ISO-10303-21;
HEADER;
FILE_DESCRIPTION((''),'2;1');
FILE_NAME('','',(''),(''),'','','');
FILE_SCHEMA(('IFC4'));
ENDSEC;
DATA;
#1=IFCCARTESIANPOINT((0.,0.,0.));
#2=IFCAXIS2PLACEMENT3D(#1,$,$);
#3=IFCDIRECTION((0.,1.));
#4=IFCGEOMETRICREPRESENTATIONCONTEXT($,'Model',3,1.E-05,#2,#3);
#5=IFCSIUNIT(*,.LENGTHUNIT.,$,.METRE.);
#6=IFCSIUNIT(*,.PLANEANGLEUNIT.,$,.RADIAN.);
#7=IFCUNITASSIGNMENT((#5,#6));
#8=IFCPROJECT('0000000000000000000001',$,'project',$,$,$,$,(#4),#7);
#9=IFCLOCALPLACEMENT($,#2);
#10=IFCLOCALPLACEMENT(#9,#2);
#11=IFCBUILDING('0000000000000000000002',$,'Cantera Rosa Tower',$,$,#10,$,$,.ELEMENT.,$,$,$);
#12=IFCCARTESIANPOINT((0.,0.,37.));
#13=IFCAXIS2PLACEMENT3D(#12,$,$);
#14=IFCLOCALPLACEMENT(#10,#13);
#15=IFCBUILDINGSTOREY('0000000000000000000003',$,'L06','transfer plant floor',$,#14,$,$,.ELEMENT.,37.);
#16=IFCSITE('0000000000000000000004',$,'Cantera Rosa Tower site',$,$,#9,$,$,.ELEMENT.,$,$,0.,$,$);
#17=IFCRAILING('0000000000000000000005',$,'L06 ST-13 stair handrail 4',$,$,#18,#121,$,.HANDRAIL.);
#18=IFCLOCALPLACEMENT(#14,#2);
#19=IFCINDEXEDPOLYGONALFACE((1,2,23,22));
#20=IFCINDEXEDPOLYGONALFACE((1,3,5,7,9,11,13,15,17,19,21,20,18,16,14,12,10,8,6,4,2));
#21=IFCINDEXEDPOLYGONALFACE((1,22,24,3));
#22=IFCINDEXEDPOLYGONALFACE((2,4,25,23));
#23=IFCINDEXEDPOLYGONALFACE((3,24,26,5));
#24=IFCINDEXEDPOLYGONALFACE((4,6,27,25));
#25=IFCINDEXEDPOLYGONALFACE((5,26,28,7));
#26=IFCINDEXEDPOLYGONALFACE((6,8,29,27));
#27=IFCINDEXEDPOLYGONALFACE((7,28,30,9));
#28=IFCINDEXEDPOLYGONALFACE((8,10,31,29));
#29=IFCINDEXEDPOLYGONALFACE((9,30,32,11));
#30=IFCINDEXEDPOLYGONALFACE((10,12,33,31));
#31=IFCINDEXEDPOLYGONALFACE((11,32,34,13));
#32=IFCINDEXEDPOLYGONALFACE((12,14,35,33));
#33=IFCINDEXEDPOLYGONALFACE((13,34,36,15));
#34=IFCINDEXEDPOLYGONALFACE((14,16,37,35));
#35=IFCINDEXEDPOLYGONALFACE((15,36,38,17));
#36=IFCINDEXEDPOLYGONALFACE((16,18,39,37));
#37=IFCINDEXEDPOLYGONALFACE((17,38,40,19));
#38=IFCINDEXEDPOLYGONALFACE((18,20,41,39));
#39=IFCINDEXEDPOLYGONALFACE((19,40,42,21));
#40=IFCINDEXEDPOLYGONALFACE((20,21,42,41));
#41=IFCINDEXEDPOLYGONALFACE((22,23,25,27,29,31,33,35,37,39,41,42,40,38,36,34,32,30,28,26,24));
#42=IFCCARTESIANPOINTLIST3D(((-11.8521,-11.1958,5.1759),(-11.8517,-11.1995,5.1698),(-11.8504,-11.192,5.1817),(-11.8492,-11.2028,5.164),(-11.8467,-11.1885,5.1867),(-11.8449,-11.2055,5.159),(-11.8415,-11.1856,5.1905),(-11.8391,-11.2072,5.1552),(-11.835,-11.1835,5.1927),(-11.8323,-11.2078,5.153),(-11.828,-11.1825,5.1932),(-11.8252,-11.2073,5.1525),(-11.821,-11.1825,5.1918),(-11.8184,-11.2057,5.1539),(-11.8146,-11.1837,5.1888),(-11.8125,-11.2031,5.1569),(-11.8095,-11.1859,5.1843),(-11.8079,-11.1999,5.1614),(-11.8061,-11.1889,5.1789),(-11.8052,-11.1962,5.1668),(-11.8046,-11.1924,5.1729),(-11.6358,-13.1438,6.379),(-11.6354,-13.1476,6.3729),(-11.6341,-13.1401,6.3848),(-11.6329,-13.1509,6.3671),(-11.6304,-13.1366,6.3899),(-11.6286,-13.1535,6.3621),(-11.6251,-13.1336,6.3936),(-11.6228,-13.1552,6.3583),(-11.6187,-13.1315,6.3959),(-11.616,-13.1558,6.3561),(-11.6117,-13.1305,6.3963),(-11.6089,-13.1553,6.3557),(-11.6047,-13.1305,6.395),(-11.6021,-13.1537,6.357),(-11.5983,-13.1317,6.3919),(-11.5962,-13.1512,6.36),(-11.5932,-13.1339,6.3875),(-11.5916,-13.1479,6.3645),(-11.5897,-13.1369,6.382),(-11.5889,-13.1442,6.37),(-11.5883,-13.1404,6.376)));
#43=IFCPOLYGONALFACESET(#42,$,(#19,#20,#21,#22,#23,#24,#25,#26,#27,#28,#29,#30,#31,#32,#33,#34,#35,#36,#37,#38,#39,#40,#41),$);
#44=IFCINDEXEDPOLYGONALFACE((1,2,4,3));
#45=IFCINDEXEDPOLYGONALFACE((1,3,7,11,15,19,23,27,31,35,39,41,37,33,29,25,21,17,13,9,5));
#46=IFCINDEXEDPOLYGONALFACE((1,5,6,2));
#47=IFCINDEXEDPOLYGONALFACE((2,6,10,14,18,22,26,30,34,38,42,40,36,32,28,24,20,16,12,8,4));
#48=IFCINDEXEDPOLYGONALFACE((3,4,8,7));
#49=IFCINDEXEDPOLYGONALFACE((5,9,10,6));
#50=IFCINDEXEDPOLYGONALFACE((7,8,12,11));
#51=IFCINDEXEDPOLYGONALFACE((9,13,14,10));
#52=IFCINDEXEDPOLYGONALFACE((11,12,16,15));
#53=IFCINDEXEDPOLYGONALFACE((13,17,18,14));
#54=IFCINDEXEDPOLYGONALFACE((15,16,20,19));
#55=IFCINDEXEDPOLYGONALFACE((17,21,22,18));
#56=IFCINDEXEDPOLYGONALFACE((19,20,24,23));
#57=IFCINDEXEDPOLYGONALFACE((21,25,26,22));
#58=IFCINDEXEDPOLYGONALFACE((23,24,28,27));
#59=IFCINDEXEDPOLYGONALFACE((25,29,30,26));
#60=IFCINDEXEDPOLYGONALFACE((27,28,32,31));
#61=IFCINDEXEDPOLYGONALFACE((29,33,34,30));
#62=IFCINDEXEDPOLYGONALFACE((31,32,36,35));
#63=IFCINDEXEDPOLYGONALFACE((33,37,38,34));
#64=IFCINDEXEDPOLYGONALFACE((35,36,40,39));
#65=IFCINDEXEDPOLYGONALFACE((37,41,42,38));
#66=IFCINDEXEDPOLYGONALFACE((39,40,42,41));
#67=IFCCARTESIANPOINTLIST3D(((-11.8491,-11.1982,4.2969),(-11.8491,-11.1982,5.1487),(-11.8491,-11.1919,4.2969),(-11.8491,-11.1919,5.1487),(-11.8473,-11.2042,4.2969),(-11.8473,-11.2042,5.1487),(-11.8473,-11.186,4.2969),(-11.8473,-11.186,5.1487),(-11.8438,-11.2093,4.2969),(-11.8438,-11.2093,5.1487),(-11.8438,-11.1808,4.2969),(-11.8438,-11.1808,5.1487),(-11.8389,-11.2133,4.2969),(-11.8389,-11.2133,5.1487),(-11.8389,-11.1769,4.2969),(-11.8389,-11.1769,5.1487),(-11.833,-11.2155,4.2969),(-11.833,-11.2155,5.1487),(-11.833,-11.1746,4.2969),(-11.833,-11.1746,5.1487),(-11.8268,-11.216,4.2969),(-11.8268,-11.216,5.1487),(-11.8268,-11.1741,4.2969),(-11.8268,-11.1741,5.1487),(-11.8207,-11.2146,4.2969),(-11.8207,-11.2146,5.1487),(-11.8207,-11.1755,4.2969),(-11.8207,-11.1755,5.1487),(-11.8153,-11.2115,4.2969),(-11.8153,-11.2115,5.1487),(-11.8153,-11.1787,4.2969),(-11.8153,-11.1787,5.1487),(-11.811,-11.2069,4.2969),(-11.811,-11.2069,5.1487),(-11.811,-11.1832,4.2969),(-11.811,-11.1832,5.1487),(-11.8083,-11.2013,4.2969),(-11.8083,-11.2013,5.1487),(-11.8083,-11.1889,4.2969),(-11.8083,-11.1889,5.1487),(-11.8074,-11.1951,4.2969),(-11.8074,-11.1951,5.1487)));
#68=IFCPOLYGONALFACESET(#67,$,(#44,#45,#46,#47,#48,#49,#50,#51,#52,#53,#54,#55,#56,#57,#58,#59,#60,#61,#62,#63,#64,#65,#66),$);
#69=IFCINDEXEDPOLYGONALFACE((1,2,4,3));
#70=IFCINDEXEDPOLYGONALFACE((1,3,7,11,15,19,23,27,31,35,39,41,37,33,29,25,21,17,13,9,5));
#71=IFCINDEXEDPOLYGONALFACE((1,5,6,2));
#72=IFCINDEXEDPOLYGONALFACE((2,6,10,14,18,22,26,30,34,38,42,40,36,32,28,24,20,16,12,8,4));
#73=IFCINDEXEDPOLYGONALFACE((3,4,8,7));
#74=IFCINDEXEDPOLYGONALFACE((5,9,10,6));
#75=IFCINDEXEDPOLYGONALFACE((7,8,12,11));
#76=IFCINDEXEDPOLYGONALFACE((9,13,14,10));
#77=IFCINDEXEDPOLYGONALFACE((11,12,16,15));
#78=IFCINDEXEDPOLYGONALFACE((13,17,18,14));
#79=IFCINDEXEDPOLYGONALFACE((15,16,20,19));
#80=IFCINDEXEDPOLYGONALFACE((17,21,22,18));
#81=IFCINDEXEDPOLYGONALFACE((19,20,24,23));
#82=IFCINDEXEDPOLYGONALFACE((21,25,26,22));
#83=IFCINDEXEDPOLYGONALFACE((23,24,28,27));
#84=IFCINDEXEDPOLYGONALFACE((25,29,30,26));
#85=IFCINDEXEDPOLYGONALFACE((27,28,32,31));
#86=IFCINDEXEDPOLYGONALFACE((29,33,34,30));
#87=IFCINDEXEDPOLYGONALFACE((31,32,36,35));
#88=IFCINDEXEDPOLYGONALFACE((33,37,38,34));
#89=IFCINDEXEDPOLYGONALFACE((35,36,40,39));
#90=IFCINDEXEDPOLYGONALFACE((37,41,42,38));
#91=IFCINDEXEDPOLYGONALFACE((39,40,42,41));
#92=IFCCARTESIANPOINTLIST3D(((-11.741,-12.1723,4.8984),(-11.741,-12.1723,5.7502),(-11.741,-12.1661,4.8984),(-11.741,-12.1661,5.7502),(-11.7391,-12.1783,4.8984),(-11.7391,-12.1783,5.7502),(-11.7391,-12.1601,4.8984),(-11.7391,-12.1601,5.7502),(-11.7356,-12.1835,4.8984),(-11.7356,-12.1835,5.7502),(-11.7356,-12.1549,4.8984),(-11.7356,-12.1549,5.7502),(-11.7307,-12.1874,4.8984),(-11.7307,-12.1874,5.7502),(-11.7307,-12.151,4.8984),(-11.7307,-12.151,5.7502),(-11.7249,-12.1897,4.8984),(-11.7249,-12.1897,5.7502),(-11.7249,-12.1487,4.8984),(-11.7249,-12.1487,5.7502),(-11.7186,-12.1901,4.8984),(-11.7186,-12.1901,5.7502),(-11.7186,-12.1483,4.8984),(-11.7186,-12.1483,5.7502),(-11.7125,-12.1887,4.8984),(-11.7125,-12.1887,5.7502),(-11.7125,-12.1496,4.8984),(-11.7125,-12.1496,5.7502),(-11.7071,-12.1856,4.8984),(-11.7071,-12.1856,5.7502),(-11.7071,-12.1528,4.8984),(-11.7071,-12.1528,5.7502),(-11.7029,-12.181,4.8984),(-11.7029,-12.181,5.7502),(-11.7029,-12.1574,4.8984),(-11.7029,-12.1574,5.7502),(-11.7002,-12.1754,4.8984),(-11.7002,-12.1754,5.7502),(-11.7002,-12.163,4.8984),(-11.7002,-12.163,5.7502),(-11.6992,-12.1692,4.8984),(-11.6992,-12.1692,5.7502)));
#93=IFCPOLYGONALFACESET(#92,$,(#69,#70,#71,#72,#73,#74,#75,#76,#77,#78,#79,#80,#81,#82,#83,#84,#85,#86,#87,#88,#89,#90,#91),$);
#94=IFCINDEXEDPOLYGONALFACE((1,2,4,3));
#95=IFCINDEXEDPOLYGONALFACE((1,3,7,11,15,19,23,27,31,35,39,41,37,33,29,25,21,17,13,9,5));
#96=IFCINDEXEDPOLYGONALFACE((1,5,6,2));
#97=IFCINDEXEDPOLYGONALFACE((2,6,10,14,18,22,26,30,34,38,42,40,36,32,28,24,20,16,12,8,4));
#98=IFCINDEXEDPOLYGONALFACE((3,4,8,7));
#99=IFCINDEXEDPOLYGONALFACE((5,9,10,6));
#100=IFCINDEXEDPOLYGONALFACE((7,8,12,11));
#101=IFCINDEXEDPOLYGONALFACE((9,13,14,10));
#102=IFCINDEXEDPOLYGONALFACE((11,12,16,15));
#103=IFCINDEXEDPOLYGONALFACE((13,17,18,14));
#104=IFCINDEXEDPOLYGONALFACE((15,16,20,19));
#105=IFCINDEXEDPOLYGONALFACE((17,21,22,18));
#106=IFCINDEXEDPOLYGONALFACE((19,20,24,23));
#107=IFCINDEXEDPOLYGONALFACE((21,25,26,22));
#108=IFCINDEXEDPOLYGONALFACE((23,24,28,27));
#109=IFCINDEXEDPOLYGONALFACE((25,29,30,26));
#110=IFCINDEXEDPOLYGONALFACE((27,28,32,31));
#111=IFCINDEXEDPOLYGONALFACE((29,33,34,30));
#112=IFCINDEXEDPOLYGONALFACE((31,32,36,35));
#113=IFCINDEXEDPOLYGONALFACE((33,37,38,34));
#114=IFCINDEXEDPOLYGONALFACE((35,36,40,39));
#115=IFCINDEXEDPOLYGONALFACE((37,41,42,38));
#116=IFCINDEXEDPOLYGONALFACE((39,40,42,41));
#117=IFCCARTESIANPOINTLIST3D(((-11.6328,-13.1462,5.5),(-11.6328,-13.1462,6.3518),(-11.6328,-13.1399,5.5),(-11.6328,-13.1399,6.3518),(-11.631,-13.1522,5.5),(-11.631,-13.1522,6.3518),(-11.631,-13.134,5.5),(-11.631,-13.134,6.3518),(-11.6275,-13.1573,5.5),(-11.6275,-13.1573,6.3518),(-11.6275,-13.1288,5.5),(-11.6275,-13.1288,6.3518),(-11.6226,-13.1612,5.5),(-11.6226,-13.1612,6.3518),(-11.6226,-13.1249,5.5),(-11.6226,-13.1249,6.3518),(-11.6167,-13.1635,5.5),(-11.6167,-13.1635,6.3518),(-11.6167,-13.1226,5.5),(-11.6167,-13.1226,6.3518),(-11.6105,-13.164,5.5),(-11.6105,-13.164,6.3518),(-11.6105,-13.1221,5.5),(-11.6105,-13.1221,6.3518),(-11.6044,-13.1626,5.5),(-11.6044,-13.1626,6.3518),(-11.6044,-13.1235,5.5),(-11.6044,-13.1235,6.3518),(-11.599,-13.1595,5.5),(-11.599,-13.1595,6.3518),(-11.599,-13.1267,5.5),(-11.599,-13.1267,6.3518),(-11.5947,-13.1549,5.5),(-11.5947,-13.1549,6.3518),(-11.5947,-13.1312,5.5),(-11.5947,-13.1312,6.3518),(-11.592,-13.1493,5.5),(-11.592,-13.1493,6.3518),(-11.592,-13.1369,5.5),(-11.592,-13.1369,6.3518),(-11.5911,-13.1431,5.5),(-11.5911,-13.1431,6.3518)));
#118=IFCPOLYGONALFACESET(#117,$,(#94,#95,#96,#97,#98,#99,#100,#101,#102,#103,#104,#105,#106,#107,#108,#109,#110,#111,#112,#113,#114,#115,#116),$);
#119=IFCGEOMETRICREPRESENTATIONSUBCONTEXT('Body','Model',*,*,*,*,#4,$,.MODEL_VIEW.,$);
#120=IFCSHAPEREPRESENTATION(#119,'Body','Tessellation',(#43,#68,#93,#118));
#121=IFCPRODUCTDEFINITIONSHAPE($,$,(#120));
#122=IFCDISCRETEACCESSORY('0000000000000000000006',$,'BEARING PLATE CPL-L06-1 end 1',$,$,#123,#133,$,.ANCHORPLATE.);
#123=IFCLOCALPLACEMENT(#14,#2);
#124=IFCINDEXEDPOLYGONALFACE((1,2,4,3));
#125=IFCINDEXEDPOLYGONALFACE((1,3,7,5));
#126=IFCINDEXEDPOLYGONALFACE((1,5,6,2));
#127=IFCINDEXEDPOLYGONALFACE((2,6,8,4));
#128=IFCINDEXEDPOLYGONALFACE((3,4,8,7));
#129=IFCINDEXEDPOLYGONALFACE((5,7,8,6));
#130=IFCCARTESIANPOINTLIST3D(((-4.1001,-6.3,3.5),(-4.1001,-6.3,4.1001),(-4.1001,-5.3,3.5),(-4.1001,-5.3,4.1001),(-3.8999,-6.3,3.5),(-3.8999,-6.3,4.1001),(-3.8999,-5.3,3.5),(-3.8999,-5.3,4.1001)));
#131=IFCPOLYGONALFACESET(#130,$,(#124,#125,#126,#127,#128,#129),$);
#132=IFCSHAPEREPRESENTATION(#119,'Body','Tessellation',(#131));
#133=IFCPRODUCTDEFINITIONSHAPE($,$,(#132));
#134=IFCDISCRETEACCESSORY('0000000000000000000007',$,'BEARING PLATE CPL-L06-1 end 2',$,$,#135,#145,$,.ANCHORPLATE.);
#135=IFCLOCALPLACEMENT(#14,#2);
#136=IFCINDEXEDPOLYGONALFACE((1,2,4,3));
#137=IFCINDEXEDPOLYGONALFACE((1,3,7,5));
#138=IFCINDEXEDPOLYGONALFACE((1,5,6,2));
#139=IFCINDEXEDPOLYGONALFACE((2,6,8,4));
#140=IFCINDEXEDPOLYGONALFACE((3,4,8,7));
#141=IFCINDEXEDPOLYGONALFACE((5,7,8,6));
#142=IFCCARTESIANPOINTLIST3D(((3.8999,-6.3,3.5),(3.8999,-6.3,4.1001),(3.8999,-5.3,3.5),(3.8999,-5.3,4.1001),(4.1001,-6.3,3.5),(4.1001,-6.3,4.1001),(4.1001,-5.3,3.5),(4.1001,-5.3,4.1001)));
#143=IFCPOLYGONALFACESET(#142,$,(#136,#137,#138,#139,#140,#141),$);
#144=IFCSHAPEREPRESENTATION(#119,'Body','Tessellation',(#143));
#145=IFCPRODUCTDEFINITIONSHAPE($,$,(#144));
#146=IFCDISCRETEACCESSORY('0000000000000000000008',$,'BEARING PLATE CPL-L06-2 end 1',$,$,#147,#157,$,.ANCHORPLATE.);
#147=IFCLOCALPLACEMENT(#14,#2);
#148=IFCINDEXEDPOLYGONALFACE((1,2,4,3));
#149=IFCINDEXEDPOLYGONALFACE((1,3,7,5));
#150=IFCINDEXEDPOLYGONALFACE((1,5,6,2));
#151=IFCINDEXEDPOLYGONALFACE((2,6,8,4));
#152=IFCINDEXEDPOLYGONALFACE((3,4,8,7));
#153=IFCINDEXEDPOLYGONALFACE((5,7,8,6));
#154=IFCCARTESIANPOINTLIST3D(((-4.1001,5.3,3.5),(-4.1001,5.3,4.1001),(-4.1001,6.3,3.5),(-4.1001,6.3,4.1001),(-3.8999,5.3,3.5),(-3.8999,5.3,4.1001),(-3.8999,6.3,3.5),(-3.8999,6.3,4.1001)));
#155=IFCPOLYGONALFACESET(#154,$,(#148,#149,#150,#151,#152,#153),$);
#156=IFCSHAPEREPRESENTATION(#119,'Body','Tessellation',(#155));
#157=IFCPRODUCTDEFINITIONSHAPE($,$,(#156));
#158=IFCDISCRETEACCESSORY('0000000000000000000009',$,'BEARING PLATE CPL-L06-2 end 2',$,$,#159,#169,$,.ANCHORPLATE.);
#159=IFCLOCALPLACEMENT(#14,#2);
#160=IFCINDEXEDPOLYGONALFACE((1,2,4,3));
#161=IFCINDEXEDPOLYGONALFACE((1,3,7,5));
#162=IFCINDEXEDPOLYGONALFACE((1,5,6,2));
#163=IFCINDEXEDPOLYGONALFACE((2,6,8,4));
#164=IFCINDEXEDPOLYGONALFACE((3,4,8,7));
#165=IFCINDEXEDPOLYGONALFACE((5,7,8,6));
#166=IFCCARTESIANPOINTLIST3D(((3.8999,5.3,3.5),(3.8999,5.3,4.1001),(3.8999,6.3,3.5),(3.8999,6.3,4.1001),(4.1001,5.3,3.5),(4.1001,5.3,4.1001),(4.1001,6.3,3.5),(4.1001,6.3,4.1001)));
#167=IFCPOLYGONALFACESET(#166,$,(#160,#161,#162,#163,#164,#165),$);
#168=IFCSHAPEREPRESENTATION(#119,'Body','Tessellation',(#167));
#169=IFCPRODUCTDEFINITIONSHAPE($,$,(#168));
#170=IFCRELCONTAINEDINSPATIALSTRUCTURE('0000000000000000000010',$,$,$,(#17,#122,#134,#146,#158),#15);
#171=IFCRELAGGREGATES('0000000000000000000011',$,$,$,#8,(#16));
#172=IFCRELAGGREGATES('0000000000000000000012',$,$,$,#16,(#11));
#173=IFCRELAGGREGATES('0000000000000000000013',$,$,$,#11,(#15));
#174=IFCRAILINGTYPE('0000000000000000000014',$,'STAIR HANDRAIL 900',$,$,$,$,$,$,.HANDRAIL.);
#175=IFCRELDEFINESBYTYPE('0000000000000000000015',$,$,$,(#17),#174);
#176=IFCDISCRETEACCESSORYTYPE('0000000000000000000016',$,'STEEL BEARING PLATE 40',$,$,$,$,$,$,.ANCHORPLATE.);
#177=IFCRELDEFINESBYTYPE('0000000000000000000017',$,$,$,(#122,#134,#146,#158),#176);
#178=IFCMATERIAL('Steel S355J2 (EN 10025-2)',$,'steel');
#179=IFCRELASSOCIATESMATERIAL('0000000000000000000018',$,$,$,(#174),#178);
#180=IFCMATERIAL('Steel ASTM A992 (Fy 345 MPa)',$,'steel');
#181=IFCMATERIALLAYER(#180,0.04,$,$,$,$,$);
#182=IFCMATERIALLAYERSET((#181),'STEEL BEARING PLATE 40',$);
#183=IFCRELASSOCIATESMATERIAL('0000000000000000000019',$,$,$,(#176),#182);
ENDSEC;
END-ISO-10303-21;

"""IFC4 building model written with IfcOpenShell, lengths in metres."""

from ifc_helpers import new_model, si_unit, direction, frame, origin, origin_2d, place, context, subcontext, project, spatial, polyline, circle, outline, extrude, material, layer, layer_set, type_object, element, save


model = new_model("IFC4")

# Units and contexts
model_context = context("Model", 3, precision=1e-05, world=origin(), true_north=direction((0.0, 1.0)))
body_context = subcontext(model_context, "Body", "Model", "MODEL_VIEW")
ifc_project = project(units=[si_unit("LENGTHUNIT", "METRE"), si_unit("PLANEANGLEUNIT", "RADIAN")], contexts=[model_context])

# Site, building, storey
site_placement = place(None, origin())
site = spatial("IfcSite", under=ifc_project, at=site_placement, Name="Cantera Rosa Tower site", CompositionType="ELEMENT", RefElevation=0.0)
building_placement = place(site_placement, origin())
building = spatial("IfcBuilding", under=site, at=building_placement, Name="Cantera Rosa Tower", CompositionType="ELEMENT")
storey_placement = place(building_placement, frame((0.0, 0.0, 37.0)))
storey = spatial("IfcBuildingStorey", under=building, at=storey_placement, Name="L06", Description="transfer plant floor", CompositionType="ELEMENT", Elevation=37.0)

# Railing
ifc_material_1 = material(Name="Steel S355J2 (EN 10025-2)", Category="steel")
railing_type_1 = type_object("IfcRailingType", Name="STAIR HANDRAIL 900", PredefinedType="HANDRAIL", material=ifc_material_1)
railing_1_placement = place(storey_placement, frame((-11.8284, -11.1951, 4.2969)))
element("IfcRailing", 1, at=railing_1_placement, inside=storey, type_object=railing_type_1, Name="L06 ST-13 stair handrail 4", PredefinedType="HANDRAIL", context=body_context, shape_type="SweptSolid", body=[
    extrude(circle(Radius=0.0239, at=origin_2d()), frame((0.0, 0.0, 0.876), z_axis=(0.094056, -0.847036, 0.523147), x_axis=(0.993891, 0.110363, 0.0)), (0.0, 0.0, 1.0), 2.2998),
    extrude(circle(Radius=0.021, at=origin_2d()), origin(), (0.0, 0.0, 1.0), 0.8518),
    extrude(circle(Radius=0.021, at=origin_2d()), frame((0.1082, -0.9741, 0.6016)), (0.0, 0.0, 1.0), 0.8518),
    extrude(circle(Radius=0.021, at=origin_2d()), frame((0.2163, -1.948, 1.2031)), (0.0, 0.0, 1.0), 0.8518),
])

# Discrete accessories
ifc_material_2 = material(Name="Steel ASTM A992 (Fy 345 MPa)", Category="steel")
ifc_layer_1 = layer(ifc_material_2, 0.04)
ifc_layer_set_1 = layer_set([ifc_layer_1], Name="STEEL BEARING PLATE 40")
discrete_accessory_type = type_object("IfcDiscreteAccessoryType", Name="STEEL BEARING PLATE 40", PredefinedType="ANCHORPLATE", material=ifc_layer_set_1)
discrete_accessory_1_placement = place(storey_placement, frame((0.0, 0.0, 3.5)))
element("IfcDiscreteAccessory", 2, at=discrete_accessory_1_placement, inside=storey, type_object=discrete_accessory_type, Name="BEARING PLATE CPL-L06-1 end 1", PredefinedType="ANCHORPLATE", context=body_context, shape_type="SweptSolid", body=[
    extrude(outline(polyline([(-3.8999, -5.3), (-4.1001, -5.3), (-4.1001, -6.3), (-3.8999, -6.3), (-3.8999, -5.3)])), origin(), (0.0, 0.0, 1.0), 0.6001),
])
discrete_accessory_2_placement = place(storey_placement, frame((0.0, 0.0, 3.5)))
element("IfcDiscreteAccessory", 3, at=discrete_accessory_2_placement, inside=storey, type_object=discrete_accessory_type, Name="BEARING PLATE CPL-L06-1 end 2", PredefinedType="ANCHORPLATE", context=body_context, shape_type="SweptSolid", body=[
    extrude(outline(polyline([(3.8999, -6.3), (4.1001, -6.3), (4.1001, -5.3), (3.8999, -5.3), (3.8999, -6.3)])), origin(), (0.0, 0.0, 1.0), 0.6001),
])
discrete_accessory_3_placement = place(storey_placement, frame((0.0, 0.0, 3.5)))
element("IfcDiscreteAccessory", 4, at=discrete_accessory_3_placement, inside=storey, type_object=discrete_accessory_type, Name="BEARING PLATE CPL-L06-2 end 1", PredefinedType="ANCHORPLATE", context=body_context, shape_type="SweptSolid", body=[
    extrude(outline(polyline([(-3.8999, 6.3), (-4.1001, 6.3), (-4.1001, 5.3), (-3.8999, 5.3), (-3.8999, 6.3)])), origin(), (0.0, 0.0, 1.0), 0.6001),
])
discrete_accessory_4_placement = place(storey_placement, frame((0.0, 0.0, 3.5)))
element("IfcDiscreteAccessory", 5, at=discrete_accessory_4_placement, inside=storey, type_object=discrete_accessory_type, Name="BEARING PLATE CPL-L06-2 end 2", PredefinedType="ANCHORPLATE", context=body_context, shape_type="SweptSolid", body=[
    extrude(outline(polyline([(3.8999, 5.3), (4.1001, 5.3), (4.1001, 6.3), (3.8999, 6.3), (3.8999, 5.3)])), origin(), (0.0, 0.0, 1.0), 0.6001),
])

save(model, "model.ifc")
